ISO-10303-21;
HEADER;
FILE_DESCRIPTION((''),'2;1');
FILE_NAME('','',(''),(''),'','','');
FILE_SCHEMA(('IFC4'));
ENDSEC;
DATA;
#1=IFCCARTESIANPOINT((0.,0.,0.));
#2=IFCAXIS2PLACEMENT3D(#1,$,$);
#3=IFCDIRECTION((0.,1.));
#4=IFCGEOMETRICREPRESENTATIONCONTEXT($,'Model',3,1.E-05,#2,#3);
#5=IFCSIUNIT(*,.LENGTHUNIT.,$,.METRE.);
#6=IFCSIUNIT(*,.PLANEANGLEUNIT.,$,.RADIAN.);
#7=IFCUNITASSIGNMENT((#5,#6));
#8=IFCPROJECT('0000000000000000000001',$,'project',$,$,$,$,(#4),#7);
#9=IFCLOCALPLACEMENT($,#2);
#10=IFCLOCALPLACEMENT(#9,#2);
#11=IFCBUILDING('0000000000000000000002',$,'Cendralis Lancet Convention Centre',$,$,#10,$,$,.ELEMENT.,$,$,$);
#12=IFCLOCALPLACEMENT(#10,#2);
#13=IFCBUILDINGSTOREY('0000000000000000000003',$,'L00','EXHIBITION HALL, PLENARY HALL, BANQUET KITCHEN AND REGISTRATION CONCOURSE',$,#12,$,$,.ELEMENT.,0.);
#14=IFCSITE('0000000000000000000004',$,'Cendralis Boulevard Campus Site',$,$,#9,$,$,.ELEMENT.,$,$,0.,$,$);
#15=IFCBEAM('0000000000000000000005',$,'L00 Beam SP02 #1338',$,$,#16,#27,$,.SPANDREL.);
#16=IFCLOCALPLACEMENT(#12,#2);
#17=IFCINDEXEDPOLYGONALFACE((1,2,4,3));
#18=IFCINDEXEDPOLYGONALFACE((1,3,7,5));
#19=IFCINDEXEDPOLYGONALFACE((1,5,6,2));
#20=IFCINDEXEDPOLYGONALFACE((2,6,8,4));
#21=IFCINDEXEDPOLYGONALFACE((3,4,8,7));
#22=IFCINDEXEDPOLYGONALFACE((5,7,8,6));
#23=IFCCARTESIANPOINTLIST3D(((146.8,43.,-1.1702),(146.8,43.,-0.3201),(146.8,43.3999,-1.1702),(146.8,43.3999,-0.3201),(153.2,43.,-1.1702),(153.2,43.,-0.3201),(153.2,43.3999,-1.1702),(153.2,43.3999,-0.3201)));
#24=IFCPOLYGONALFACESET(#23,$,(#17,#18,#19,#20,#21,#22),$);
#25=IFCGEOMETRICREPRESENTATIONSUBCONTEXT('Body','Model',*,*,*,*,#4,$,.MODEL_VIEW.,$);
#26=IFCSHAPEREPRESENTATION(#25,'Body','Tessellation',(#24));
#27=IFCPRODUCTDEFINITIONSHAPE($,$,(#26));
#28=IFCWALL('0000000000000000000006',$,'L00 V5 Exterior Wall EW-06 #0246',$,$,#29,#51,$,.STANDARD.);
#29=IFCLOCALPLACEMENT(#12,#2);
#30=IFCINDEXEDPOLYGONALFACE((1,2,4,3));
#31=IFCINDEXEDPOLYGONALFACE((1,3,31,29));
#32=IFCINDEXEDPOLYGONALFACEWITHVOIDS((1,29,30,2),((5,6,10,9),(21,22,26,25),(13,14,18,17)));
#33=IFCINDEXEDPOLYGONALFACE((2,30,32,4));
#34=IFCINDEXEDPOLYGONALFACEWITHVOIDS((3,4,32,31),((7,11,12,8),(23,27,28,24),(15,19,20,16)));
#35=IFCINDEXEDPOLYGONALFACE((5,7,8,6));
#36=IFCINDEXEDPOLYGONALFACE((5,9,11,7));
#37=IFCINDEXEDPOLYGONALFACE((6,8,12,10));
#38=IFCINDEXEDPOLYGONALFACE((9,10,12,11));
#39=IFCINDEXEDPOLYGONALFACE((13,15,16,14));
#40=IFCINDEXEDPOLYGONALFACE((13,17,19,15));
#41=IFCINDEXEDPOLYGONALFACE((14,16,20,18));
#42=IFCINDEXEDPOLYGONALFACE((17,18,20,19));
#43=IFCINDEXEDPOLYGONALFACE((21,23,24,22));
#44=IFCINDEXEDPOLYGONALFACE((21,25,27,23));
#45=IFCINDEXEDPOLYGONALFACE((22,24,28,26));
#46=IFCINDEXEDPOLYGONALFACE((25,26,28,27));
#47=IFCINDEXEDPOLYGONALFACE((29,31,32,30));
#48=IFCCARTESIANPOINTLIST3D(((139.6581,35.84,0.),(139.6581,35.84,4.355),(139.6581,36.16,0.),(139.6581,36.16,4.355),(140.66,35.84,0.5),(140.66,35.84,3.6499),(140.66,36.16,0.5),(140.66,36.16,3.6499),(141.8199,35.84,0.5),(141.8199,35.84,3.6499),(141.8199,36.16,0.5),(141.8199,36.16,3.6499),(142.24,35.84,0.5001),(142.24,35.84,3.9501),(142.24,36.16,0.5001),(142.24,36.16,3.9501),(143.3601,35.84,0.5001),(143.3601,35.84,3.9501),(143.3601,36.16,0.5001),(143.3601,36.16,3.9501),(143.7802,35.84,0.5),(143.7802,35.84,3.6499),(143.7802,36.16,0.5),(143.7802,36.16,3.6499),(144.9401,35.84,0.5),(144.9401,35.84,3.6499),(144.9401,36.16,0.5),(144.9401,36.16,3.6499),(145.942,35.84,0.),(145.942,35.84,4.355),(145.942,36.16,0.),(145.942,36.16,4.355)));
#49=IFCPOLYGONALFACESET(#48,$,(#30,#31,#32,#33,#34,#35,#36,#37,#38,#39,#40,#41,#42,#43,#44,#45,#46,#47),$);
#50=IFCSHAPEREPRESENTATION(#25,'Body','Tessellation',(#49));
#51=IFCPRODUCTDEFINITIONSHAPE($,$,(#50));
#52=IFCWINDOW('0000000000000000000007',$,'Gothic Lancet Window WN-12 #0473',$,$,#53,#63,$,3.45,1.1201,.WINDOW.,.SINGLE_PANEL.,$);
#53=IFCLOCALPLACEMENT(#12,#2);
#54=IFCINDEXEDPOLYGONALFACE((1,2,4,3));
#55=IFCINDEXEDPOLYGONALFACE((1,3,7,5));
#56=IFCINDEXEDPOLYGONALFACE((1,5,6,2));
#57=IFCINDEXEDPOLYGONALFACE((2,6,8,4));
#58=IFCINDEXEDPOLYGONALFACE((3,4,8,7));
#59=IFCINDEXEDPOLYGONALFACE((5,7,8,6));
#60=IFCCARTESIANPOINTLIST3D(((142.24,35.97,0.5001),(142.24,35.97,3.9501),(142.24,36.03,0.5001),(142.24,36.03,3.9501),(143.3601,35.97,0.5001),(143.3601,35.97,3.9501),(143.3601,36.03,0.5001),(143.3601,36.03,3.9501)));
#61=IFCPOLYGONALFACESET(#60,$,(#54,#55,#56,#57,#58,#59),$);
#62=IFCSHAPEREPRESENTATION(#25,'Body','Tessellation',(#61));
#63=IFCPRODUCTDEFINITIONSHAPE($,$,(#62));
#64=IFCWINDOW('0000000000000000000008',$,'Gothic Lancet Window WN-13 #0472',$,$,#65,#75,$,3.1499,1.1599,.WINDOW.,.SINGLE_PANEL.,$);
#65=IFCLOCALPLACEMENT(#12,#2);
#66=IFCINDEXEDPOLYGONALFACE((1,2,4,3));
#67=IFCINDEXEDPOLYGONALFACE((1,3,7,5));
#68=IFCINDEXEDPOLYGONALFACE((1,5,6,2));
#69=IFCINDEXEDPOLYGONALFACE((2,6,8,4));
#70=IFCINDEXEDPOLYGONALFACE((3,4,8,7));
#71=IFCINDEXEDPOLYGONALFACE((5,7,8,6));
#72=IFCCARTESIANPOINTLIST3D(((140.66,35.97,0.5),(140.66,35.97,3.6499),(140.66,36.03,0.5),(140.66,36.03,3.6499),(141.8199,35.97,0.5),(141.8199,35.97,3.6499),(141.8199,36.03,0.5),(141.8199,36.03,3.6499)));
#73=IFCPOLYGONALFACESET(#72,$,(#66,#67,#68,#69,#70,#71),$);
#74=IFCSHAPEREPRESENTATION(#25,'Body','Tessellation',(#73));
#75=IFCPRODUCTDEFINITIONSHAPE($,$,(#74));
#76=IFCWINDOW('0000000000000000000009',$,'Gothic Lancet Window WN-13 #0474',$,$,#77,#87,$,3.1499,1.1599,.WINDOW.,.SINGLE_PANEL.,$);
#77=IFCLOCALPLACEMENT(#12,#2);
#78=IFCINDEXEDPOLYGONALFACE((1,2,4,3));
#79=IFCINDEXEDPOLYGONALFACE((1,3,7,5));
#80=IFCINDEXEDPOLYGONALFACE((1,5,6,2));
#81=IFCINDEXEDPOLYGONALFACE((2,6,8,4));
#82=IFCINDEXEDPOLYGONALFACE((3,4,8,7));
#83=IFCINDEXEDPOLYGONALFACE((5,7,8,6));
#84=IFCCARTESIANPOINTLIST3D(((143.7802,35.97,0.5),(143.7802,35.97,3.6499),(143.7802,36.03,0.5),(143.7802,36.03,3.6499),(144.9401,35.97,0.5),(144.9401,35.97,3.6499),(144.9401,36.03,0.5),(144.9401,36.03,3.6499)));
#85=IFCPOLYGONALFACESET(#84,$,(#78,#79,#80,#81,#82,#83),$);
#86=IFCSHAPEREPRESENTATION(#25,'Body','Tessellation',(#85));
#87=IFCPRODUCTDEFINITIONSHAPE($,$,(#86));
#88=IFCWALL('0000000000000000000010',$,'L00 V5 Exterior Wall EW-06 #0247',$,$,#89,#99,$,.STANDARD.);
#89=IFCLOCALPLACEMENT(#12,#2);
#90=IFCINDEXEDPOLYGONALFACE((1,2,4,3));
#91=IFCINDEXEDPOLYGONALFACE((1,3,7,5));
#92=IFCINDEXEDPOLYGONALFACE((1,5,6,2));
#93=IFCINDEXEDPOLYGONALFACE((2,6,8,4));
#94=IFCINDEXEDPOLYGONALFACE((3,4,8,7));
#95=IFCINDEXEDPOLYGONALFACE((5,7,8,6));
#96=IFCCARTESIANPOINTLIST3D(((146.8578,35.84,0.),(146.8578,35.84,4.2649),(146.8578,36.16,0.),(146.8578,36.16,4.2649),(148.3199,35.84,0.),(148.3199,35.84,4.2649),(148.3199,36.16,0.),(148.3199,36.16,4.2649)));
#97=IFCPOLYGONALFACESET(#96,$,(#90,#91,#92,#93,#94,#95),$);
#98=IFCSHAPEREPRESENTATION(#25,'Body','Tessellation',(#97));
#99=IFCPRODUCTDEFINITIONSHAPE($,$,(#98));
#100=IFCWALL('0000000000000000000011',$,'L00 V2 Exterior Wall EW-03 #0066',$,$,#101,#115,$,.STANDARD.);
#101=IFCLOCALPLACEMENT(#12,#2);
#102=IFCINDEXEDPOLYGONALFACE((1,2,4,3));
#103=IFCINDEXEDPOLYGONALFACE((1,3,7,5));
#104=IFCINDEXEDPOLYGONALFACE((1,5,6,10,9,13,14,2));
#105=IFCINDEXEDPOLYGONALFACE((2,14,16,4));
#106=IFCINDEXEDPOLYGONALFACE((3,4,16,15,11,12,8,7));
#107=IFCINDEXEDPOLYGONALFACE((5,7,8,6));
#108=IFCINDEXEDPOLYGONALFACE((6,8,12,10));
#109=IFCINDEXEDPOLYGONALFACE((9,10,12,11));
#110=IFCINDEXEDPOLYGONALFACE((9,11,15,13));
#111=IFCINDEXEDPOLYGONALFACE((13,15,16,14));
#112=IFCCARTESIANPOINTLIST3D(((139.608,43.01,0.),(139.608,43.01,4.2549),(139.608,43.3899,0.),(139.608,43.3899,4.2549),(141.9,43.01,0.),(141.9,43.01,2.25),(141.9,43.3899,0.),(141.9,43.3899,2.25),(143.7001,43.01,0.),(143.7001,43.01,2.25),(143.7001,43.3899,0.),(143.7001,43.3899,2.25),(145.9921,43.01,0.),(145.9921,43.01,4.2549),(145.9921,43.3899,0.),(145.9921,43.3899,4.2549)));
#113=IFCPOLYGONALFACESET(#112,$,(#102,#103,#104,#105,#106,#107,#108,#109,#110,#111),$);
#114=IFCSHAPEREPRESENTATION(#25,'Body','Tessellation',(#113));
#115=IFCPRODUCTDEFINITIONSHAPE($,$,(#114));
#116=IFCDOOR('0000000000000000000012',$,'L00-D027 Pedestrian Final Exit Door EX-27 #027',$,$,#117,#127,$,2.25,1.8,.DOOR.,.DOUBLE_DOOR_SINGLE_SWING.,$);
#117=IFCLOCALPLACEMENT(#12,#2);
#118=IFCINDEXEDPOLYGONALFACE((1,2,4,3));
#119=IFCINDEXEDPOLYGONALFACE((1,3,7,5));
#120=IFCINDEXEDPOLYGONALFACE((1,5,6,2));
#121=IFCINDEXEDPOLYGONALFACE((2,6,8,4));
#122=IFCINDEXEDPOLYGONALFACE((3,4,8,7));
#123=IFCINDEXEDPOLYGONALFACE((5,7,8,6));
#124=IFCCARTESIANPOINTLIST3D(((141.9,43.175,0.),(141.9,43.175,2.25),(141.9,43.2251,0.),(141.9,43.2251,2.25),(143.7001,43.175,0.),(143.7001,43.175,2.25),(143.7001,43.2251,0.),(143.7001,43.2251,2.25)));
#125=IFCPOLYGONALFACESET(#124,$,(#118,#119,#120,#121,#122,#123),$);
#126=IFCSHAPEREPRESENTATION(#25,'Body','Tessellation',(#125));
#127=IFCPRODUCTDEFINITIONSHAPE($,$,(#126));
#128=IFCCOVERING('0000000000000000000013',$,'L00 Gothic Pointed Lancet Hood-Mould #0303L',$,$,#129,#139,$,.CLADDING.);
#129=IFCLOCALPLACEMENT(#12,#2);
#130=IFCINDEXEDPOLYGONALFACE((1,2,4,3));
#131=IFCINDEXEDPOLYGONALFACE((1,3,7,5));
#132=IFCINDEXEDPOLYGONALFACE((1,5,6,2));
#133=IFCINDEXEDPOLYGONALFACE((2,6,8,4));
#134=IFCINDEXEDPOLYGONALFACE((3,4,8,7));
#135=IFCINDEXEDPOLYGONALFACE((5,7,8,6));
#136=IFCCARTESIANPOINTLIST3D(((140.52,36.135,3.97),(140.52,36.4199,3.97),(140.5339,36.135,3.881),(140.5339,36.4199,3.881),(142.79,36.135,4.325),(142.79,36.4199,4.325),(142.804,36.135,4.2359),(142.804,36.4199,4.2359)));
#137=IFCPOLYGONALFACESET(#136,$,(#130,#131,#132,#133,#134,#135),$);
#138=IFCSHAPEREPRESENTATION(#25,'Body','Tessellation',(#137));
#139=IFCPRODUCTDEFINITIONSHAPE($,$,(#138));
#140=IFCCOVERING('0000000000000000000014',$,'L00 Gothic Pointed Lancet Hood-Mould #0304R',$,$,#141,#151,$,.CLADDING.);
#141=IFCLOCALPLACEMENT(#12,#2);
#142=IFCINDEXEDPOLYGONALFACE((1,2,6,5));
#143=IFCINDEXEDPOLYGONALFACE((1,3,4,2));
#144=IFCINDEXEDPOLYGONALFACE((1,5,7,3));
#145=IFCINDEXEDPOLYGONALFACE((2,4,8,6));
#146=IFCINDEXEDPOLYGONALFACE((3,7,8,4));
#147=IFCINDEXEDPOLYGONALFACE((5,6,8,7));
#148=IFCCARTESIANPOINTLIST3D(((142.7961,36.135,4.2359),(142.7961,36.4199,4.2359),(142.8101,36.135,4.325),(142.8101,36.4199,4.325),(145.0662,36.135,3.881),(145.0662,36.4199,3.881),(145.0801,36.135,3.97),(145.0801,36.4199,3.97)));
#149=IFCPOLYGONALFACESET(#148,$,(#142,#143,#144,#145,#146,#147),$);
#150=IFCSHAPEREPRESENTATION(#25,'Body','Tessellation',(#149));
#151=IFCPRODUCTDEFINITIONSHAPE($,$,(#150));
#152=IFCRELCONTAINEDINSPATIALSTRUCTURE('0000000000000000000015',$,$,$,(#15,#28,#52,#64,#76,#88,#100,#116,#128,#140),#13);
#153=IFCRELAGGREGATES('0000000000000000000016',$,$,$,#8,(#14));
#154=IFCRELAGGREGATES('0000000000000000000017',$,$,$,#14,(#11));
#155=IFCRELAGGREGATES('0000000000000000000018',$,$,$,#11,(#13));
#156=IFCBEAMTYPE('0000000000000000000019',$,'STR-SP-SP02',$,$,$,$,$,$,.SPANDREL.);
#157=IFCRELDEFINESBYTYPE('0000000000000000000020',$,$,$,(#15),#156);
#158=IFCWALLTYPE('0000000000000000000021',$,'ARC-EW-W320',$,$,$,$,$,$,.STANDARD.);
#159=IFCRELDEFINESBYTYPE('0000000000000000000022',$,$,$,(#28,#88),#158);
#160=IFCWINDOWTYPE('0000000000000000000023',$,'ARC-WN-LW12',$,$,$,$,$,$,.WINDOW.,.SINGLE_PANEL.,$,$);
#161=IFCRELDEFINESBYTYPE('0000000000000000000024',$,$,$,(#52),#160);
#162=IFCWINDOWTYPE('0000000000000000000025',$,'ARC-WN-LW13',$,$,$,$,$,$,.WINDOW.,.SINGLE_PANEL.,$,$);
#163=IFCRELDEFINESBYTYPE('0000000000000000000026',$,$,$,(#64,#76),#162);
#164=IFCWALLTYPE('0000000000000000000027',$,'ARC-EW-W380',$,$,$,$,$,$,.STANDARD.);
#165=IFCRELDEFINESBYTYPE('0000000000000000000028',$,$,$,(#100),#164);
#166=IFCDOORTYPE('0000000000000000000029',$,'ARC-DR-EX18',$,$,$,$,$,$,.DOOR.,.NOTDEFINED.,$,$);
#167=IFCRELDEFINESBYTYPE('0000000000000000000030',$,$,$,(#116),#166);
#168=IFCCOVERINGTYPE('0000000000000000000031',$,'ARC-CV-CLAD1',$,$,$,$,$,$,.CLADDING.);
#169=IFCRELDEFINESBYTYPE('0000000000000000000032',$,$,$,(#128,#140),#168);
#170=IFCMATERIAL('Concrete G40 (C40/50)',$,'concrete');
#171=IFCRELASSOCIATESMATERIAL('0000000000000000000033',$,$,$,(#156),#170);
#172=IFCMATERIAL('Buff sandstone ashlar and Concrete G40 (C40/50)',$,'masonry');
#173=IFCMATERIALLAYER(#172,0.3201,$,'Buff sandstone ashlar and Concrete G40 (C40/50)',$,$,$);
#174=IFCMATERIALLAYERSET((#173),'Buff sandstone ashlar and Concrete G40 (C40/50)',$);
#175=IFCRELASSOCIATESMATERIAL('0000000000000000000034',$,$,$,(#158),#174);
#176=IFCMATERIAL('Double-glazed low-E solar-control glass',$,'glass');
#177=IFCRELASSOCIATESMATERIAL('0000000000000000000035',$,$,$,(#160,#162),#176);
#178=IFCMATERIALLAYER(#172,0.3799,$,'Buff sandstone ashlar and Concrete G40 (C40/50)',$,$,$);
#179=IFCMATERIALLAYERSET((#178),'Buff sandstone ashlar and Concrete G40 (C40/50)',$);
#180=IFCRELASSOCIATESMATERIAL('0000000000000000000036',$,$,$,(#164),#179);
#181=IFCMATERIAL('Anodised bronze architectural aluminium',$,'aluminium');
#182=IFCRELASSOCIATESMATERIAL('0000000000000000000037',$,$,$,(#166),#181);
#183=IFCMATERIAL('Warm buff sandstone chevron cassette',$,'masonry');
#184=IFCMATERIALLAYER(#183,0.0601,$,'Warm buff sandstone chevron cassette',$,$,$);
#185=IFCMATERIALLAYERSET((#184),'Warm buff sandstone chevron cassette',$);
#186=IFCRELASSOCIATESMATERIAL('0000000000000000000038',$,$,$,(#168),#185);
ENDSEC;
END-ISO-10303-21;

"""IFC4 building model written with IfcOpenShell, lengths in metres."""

from ifc_helpers import new_model, si_unit, direction, frame, frame_2d, origin, origin_2d, place, context, subcontext, project, spatial, polyline, rectangle, outline, extrude, material, layer, layer_set, material_profile, profile_set, type_object, element, fill, save


model = new_model("IFC4")

# Units and contexts
model_context = context("Model", 3, precision=1e-05, world=origin(), true_north=direction((0.0, 1.0)))
body_context = subcontext(model_context, "Body", "Model", "MODEL_VIEW")
ifc_project = project(units=[si_unit("LENGTHUNIT", "METRE"), si_unit("PLANEANGLEUNIT", "RADIAN")], contexts=[model_context])

# Site, building, storey
site_placement = place(None, origin())
site = spatial("IfcSite", under=ifc_project, at=site_placement, Name="Cendralis Boulevard Campus Site", CompositionType="ELEMENT", RefElevation=0.0)
building_placement = place(site_placement, origin())
building = spatial("IfcBuilding", under=site, at=building_placement, Name="Cendralis Lancet Convention Centre", CompositionType="ELEMENT")
storey_placement = place(building_placement, origin())
storey = spatial("IfcBuildingStorey", under=building, at=storey_placement, Name="L00", Description="EXHIBITION HALL, PLENARY HALL, BANQUET KITCHEN AND REGISTRATION CONCOURSE", CompositionType="ELEMENT", Elevation=0.0)

# Shared definitions
ifc_material_1 = material(Name="Concrete G40 (C40/50)", Category="concrete")

# Beam
ifc_material_profile_1 = material_profile(ifc_material_1, rectangle(XDim=0.3999, YDim=0.8501, at=origin_2d()), Name="RCB 400x850")
ifc_profile_set_1 = profile_set([ifc_material_profile_1], Name="Concrete G40 (C40/50)")
beam_type_1 = type_object("IfcBeamType", Name="STR-SP-SP02", PredefinedType="SPANDREL", material=ifc_profile_set_1)
for number, where, z_axis, x_axis, name in (
    (1, (146.8, 43.2, -0.7451), (1.0, 0.0, 0.0), (0.0, 1.0, 0.0), "L00 Beam SP02 #1338"),
):
    element("IfcBeam", number, at=place(storey_placement, frame(where, z_axis=z_axis, x_axis=x_axis)), inside=storey, type_object=beam_type_1, Name=name, PredefinedType="SPANDREL", context=body_context, shape_type="SweptSolid", body=[
        extrude(rectangle(XDim=0.3999, YDim=0.8501, at=origin_2d()), origin(), (0.0, 0.0, 1.0), 6.3999),
    ])

# Wall, openings, windows
ifc_material_2 = material(Name="Buff sandstone ashlar and Concrete G40 (C40/50)", Category="masonry")
ifc_layer_1 = layer(ifc_material_2, 0.3201, Name="Buff sandstone ashlar and Concrete G40 (C40/50)")
ifc_layer_set_1 = layer_set([ifc_layer_1], Name="Buff sandstone ashlar and Concrete G40 (C40/50)")
wall_type_1 = type_object("IfcWallType", Name="ARC-EW-W320", PredefinedType="STANDARD", material=ifc_layer_set_1)
wall_1_placement = place(storey_placement, frame((139.658, 36.0, 0.0), z_axis=(0.0, 0.0, 1.0), x_axis=(1.0, 0.0, 0.0)))
wall_1 = element("IfcWall", 2, at=wall_1_placement, inside=storey, type_object=wall_type_1, Name="L00 V5 Exterior Wall EW-06 #0246", PredefinedType="STANDARD", context=body_context, shape_type="SweptSolid", body=[
    extrude(rectangle(XDim=6.2839, YDim=0.3201, at=frame_2d((3.1421, 0.0))), origin(), (0.0, 0.0, 1.0), 4.355),
])
opening_1_placement = place(wall_1_placement, frame((1.002, 0.0, 0.5)))
opening_1 = element("IfcOpeningElement", 3, at=opening_1_placement, cuts=wall_1, PredefinedType="OPENING", context=body_context, shape_type="SweptSolid", body=[
    extrude(rectangle(XDim=1.1599, YDim=3.1499, at=frame_2d((0.5801, 1.575))), frame((0.0, 0.1699, 0.0), z_axis=(0.0, -1.0, 0.0), x_axis=(1.0, 0.0, 0.0)), (0.0, 0.0, 1.0), 0.3401),
])
opening_2_placement = place(wall_1_placement, frame((2.582, 0.0, 0.5)))
opening_2 = element("IfcOpeningElement", 4, at=opening_2_placement, cuts=wall_1, PredefinedType="OPENING", context=body_context, shape_type="SweptSolid", body=[
    extrude(rectangle(XDim=1.1201, YDim=3.45, at=frame_2d((0.5601, 1.7251))), frame((0.0, 0.1699, 0.0), z_axis=(0.0, -1.0, 0.0), x_axis=(1.0, 0.0, 0.0)), (0.0, 0.0, 1.0), 0.3401),
])
opening_3_placement = place(wall_1_placement, frame((4.1221, 0.0, 0.5)))
opening_3 = element("IfcOpeningElement", 5, at=opening_3_placement, cuts=wall_1, PredefinedType="OPENING", context=body_context, shape_type="SweptSolid", body=[
    extrude(rectangle(XDim=1.1599, YDim=3.1499, at=frame_2d((0.5801, 1.575))), frame((0.0, 0.1699, 0.0), z_axis=(0.0, -1.0, 0.0), x_axis=(1.0, 0.0, 0.0)), (0.0, 0.0, 1.0), 0.3401),
])
ifc_material_3 = material(Name="Double-glazed low-E solar-control glass", Category="glass")
window_type_1 = type_object("IfcWindowType", Name="ARC-WN-LW12", PartitioningType="SINGLE_PANEL", PredefinedType="WINDOW", material=ifc_material_3)
window_1_placement = place(opening_2_placement, origin())
window_1 = element("IfcWindow", 6, at=window_1_placement, inside=storey, type_object=window_type_1, Name="Gothic Lancet Window WN-12 #0473", OverallHeight=3.45, OverallWidth=1.1201, PartitioningType="SINGLE_PANEL", PredefinedType="WINDOW", context=body_context, shape_type="SweptSolid", body=[
    extrude(rectangle(XDim=1.1201, YDim=3.45, at=frame_2d((0.5601, 1.7251))), frame((0.0, 0.03, 0.0), z_axis=(0.0, -1.0, 0.0), x_axis=(1.0, 0.0, 0.0)), (0.0, 0.0, 1.0), 0.0601),
])
fill(opening_2, window_1)
window_type_2 = type_object("IfcWindowType", Name="ARC-WN-LW13", PartitioningType="SINGLE_PANEL", PredefinedType="WINDOW", material=ifc_material_3)
window_2_placement = place(opening_1_placement, origin())
window_2 = element("IfcWindow", 7, at=window_2_placement, inside=storey, type_object=window_type_2, Name="Gothic Lancet Window WN-13 #0472", OverallHeight=3.1499, OverallWidth=1.1599, PartitioningType="SINGLE_PANEL", PredefinedType="WINDOW", context=body_context, shape_type="SweptSolid", body=[
    extrude(rectangle(XDim=1.1599, YDim=3.1499, at=frame_2d((0.5801, 1.575))), frame((0.0, 0.03, 0.0), z_axis=(0.0, -1.0, 0.0), x_axis=(1.0, 0.0, 0.0)), (0.0, 0.0, 1.0), 0.0601),
])
fill(opening_1, window_2)
window_3_placement = place(opening_3_placement, origin())
window_3 = element("IfcWindow", 8, at=window_3_placement, inside=storey, type_object=window_type_2, Name="Gothic Lancet Window WN-13 #0474", OverallHeight=3.1499, OverallWidth=1.1599, PartitioningType="SINGLE_PANEL", PredefinedType="WINDOW", context=body_context, shape_type="SweptSolid", body=[
    extrude(rectangle(XDim=1.1599, YDim=3.1499, at=frame_2d((0.5801, 1.575))), frame((0.0, 0.03, 0.0), z_axis=(0.0, -1.0, 0.0), x_axis=(1.0, 0.0, 0.0)), (0.0, 0.0, 1.0), 0.0601),
])
fill(opening_3, window_3)

# Wall
wall_2_placement = place(storey_placement, frame((146.8579, 36.0, 0.0), z_axis=(0.0, 0.0, 1.0), x_axis=(1.0, 0.0, 0.0)))
element("IfcWall", 9, at=wall_2_placement, inside=storey, type_object=wall_type_1, Name="L00 V5 Exterior Wall EW-06 #0247", PredefinedType="STANDARD", context=body_context, shape_type="SweptSolid", body=[
    extrude(rectangle(XDim=1.4622, YDim=0.3201, at=frame_2d((0.731, 0.0))), origin(), (0.0, 0.0, 1.0), 4.2649),
])

# Wall, opening, door
ifc_layer_2 = layer(ifc_material_2, 0.3799, Name="Buff sandstone ashlar and Concrete G40 (C40/50)")
ifc_layer_set_2 = layer_set([ifc_layer_2], Name="Buff sandstone ashlar and Concrete G40 (C40/50)")
wall_type_2 = type_object("IfcWallType", Name="ARC-EW-W380", PredefinedType="STANDARD", material=ifc_layer_set_2)
wall_3_placement = place(storey_placement, frame((145.9919, 43.2, 0.0), z_axis=(0.0, 0.0, 1.0), x_axis=(-1.0, 0.0, 0.0)))
wall_3 = element("IfcWall", 10, at=wall_3_placement, inside=storey, type_object=wall_type_2, Name="L00 V2 Exterior Wall EW-03 #0066", PredefinedType="STANDARD", context=body_context, shape_type="SweptSolid", body=[
    extrude(rectangle(XDim=6.384, YDim=0.3799, at=frame_2d((3.1919, 0.0))), origin(), (0.0, 0.0, 1.0), 4.2549),
])
opening_4_placement = place(wall_3_placement, frame((2.292, 0.0, 0.0)))
opening_4 = element("IfcOpeningElement", 11, at=opening_4_placement, cuts=wall_3, PredefinedType="OPENING", context=body_context, shape_type="SweptSolid", body=[
    extrude(rectangle(XDim=1.8, YDim=2.25, at=frame_2d((0.8999, 1.125))), frame((0.0, 0.2, 0.0), z_axis=(0.0, -1.0, 0.0), x_axis=(1.0, 0.0, 0.0)), (0.0, 0.0, 1.0), 0.3999),
])
ifc_material_4 = material(Name="Anodised bronze architectural aluminium", Category="aluminium")
door_type = type_object("IfcDoorType", Name="ARC-DR-EX18", OperationType="NOTDEFINED", PredefinedType="DOOR", material=ifc_material_4)
door_placement = place(opening_4_placement, origin())
door = element("IfcDoor", 12, at=door_placement, inside=storey, type_object=door_type, Name="L00-D027 Pedestrian Final Exit Door EX-27 #027", OperationType="DOUBLE_DOOR_SINGLE_SWING", OverallHeight=2.25, OverallWidth=1.8, PredefinedType="DOOR", context=body_context, shape_type="SweptSolid", body=[
    extrude(rectangle(XDim=1.8, YDim=2.25, at=frame_2d((0.8999, 1.125))), frame((0.0, 0.0249, 0.0), z_axis=(0.0, -1.0, 0.0), x_axis=(1.0, 0.0, 0.0)), (0.0, 0.0, 1.0), 0.05),
])
fill(opening_4, door)

# Coverings
ifc_material_5 = material(Name="Warm buff sandstone chevron cassette", Category="masonry")
ifc_layer_3 = layer(ifc_material_5, 0.0601, Name="Warm buff sandstone chevron cassette")
ifc_layer_set_3 = layer_set([ifc_layer_3], Name="Warm buff sandstone chevron cassette")
covering_type = type_object("IfcCoveringType", Name="ARC-CV-CLAD1", PredefinedType="CLADDING", material=ifc_layer_set_3)
for number, where, z_axis, x_axis, name in (
    (13, (140.52, 36.4199, 3.97), (-0.1545, 0.0, 0.987993), (0.0, -1.0, 0.0), "L00 Gothic Pointed Lancet Hood-Mould #0303L"),
    (14, (142.8101, 36.4199, 4.325), (0.1545, 0.0, 0.987993), (0.0, -1.0, 0.0), "L00 Gothic Pointed Lancet Hood-Mould #0304R"),
):
    element("IfcCovering", number, at=place(storey_placement, frame(where, z_axis=z_axis, x_axis=x_axis)), inside=storey, type_object=covering_type, Name=name, PredefinedType="CLADDING", context=body_context, shape_type="SweptSolid", body=[
        extrude(outline(polyline([(0.0, 0.0), (0.2849, 0.0), (0.2849, 2.2976), (0.0, 2.2976), (0.0, 0.0)])), origin(), (0.0, 0.0, -1.0), 0.0901),
    ])

save(model, "model.ifc")
